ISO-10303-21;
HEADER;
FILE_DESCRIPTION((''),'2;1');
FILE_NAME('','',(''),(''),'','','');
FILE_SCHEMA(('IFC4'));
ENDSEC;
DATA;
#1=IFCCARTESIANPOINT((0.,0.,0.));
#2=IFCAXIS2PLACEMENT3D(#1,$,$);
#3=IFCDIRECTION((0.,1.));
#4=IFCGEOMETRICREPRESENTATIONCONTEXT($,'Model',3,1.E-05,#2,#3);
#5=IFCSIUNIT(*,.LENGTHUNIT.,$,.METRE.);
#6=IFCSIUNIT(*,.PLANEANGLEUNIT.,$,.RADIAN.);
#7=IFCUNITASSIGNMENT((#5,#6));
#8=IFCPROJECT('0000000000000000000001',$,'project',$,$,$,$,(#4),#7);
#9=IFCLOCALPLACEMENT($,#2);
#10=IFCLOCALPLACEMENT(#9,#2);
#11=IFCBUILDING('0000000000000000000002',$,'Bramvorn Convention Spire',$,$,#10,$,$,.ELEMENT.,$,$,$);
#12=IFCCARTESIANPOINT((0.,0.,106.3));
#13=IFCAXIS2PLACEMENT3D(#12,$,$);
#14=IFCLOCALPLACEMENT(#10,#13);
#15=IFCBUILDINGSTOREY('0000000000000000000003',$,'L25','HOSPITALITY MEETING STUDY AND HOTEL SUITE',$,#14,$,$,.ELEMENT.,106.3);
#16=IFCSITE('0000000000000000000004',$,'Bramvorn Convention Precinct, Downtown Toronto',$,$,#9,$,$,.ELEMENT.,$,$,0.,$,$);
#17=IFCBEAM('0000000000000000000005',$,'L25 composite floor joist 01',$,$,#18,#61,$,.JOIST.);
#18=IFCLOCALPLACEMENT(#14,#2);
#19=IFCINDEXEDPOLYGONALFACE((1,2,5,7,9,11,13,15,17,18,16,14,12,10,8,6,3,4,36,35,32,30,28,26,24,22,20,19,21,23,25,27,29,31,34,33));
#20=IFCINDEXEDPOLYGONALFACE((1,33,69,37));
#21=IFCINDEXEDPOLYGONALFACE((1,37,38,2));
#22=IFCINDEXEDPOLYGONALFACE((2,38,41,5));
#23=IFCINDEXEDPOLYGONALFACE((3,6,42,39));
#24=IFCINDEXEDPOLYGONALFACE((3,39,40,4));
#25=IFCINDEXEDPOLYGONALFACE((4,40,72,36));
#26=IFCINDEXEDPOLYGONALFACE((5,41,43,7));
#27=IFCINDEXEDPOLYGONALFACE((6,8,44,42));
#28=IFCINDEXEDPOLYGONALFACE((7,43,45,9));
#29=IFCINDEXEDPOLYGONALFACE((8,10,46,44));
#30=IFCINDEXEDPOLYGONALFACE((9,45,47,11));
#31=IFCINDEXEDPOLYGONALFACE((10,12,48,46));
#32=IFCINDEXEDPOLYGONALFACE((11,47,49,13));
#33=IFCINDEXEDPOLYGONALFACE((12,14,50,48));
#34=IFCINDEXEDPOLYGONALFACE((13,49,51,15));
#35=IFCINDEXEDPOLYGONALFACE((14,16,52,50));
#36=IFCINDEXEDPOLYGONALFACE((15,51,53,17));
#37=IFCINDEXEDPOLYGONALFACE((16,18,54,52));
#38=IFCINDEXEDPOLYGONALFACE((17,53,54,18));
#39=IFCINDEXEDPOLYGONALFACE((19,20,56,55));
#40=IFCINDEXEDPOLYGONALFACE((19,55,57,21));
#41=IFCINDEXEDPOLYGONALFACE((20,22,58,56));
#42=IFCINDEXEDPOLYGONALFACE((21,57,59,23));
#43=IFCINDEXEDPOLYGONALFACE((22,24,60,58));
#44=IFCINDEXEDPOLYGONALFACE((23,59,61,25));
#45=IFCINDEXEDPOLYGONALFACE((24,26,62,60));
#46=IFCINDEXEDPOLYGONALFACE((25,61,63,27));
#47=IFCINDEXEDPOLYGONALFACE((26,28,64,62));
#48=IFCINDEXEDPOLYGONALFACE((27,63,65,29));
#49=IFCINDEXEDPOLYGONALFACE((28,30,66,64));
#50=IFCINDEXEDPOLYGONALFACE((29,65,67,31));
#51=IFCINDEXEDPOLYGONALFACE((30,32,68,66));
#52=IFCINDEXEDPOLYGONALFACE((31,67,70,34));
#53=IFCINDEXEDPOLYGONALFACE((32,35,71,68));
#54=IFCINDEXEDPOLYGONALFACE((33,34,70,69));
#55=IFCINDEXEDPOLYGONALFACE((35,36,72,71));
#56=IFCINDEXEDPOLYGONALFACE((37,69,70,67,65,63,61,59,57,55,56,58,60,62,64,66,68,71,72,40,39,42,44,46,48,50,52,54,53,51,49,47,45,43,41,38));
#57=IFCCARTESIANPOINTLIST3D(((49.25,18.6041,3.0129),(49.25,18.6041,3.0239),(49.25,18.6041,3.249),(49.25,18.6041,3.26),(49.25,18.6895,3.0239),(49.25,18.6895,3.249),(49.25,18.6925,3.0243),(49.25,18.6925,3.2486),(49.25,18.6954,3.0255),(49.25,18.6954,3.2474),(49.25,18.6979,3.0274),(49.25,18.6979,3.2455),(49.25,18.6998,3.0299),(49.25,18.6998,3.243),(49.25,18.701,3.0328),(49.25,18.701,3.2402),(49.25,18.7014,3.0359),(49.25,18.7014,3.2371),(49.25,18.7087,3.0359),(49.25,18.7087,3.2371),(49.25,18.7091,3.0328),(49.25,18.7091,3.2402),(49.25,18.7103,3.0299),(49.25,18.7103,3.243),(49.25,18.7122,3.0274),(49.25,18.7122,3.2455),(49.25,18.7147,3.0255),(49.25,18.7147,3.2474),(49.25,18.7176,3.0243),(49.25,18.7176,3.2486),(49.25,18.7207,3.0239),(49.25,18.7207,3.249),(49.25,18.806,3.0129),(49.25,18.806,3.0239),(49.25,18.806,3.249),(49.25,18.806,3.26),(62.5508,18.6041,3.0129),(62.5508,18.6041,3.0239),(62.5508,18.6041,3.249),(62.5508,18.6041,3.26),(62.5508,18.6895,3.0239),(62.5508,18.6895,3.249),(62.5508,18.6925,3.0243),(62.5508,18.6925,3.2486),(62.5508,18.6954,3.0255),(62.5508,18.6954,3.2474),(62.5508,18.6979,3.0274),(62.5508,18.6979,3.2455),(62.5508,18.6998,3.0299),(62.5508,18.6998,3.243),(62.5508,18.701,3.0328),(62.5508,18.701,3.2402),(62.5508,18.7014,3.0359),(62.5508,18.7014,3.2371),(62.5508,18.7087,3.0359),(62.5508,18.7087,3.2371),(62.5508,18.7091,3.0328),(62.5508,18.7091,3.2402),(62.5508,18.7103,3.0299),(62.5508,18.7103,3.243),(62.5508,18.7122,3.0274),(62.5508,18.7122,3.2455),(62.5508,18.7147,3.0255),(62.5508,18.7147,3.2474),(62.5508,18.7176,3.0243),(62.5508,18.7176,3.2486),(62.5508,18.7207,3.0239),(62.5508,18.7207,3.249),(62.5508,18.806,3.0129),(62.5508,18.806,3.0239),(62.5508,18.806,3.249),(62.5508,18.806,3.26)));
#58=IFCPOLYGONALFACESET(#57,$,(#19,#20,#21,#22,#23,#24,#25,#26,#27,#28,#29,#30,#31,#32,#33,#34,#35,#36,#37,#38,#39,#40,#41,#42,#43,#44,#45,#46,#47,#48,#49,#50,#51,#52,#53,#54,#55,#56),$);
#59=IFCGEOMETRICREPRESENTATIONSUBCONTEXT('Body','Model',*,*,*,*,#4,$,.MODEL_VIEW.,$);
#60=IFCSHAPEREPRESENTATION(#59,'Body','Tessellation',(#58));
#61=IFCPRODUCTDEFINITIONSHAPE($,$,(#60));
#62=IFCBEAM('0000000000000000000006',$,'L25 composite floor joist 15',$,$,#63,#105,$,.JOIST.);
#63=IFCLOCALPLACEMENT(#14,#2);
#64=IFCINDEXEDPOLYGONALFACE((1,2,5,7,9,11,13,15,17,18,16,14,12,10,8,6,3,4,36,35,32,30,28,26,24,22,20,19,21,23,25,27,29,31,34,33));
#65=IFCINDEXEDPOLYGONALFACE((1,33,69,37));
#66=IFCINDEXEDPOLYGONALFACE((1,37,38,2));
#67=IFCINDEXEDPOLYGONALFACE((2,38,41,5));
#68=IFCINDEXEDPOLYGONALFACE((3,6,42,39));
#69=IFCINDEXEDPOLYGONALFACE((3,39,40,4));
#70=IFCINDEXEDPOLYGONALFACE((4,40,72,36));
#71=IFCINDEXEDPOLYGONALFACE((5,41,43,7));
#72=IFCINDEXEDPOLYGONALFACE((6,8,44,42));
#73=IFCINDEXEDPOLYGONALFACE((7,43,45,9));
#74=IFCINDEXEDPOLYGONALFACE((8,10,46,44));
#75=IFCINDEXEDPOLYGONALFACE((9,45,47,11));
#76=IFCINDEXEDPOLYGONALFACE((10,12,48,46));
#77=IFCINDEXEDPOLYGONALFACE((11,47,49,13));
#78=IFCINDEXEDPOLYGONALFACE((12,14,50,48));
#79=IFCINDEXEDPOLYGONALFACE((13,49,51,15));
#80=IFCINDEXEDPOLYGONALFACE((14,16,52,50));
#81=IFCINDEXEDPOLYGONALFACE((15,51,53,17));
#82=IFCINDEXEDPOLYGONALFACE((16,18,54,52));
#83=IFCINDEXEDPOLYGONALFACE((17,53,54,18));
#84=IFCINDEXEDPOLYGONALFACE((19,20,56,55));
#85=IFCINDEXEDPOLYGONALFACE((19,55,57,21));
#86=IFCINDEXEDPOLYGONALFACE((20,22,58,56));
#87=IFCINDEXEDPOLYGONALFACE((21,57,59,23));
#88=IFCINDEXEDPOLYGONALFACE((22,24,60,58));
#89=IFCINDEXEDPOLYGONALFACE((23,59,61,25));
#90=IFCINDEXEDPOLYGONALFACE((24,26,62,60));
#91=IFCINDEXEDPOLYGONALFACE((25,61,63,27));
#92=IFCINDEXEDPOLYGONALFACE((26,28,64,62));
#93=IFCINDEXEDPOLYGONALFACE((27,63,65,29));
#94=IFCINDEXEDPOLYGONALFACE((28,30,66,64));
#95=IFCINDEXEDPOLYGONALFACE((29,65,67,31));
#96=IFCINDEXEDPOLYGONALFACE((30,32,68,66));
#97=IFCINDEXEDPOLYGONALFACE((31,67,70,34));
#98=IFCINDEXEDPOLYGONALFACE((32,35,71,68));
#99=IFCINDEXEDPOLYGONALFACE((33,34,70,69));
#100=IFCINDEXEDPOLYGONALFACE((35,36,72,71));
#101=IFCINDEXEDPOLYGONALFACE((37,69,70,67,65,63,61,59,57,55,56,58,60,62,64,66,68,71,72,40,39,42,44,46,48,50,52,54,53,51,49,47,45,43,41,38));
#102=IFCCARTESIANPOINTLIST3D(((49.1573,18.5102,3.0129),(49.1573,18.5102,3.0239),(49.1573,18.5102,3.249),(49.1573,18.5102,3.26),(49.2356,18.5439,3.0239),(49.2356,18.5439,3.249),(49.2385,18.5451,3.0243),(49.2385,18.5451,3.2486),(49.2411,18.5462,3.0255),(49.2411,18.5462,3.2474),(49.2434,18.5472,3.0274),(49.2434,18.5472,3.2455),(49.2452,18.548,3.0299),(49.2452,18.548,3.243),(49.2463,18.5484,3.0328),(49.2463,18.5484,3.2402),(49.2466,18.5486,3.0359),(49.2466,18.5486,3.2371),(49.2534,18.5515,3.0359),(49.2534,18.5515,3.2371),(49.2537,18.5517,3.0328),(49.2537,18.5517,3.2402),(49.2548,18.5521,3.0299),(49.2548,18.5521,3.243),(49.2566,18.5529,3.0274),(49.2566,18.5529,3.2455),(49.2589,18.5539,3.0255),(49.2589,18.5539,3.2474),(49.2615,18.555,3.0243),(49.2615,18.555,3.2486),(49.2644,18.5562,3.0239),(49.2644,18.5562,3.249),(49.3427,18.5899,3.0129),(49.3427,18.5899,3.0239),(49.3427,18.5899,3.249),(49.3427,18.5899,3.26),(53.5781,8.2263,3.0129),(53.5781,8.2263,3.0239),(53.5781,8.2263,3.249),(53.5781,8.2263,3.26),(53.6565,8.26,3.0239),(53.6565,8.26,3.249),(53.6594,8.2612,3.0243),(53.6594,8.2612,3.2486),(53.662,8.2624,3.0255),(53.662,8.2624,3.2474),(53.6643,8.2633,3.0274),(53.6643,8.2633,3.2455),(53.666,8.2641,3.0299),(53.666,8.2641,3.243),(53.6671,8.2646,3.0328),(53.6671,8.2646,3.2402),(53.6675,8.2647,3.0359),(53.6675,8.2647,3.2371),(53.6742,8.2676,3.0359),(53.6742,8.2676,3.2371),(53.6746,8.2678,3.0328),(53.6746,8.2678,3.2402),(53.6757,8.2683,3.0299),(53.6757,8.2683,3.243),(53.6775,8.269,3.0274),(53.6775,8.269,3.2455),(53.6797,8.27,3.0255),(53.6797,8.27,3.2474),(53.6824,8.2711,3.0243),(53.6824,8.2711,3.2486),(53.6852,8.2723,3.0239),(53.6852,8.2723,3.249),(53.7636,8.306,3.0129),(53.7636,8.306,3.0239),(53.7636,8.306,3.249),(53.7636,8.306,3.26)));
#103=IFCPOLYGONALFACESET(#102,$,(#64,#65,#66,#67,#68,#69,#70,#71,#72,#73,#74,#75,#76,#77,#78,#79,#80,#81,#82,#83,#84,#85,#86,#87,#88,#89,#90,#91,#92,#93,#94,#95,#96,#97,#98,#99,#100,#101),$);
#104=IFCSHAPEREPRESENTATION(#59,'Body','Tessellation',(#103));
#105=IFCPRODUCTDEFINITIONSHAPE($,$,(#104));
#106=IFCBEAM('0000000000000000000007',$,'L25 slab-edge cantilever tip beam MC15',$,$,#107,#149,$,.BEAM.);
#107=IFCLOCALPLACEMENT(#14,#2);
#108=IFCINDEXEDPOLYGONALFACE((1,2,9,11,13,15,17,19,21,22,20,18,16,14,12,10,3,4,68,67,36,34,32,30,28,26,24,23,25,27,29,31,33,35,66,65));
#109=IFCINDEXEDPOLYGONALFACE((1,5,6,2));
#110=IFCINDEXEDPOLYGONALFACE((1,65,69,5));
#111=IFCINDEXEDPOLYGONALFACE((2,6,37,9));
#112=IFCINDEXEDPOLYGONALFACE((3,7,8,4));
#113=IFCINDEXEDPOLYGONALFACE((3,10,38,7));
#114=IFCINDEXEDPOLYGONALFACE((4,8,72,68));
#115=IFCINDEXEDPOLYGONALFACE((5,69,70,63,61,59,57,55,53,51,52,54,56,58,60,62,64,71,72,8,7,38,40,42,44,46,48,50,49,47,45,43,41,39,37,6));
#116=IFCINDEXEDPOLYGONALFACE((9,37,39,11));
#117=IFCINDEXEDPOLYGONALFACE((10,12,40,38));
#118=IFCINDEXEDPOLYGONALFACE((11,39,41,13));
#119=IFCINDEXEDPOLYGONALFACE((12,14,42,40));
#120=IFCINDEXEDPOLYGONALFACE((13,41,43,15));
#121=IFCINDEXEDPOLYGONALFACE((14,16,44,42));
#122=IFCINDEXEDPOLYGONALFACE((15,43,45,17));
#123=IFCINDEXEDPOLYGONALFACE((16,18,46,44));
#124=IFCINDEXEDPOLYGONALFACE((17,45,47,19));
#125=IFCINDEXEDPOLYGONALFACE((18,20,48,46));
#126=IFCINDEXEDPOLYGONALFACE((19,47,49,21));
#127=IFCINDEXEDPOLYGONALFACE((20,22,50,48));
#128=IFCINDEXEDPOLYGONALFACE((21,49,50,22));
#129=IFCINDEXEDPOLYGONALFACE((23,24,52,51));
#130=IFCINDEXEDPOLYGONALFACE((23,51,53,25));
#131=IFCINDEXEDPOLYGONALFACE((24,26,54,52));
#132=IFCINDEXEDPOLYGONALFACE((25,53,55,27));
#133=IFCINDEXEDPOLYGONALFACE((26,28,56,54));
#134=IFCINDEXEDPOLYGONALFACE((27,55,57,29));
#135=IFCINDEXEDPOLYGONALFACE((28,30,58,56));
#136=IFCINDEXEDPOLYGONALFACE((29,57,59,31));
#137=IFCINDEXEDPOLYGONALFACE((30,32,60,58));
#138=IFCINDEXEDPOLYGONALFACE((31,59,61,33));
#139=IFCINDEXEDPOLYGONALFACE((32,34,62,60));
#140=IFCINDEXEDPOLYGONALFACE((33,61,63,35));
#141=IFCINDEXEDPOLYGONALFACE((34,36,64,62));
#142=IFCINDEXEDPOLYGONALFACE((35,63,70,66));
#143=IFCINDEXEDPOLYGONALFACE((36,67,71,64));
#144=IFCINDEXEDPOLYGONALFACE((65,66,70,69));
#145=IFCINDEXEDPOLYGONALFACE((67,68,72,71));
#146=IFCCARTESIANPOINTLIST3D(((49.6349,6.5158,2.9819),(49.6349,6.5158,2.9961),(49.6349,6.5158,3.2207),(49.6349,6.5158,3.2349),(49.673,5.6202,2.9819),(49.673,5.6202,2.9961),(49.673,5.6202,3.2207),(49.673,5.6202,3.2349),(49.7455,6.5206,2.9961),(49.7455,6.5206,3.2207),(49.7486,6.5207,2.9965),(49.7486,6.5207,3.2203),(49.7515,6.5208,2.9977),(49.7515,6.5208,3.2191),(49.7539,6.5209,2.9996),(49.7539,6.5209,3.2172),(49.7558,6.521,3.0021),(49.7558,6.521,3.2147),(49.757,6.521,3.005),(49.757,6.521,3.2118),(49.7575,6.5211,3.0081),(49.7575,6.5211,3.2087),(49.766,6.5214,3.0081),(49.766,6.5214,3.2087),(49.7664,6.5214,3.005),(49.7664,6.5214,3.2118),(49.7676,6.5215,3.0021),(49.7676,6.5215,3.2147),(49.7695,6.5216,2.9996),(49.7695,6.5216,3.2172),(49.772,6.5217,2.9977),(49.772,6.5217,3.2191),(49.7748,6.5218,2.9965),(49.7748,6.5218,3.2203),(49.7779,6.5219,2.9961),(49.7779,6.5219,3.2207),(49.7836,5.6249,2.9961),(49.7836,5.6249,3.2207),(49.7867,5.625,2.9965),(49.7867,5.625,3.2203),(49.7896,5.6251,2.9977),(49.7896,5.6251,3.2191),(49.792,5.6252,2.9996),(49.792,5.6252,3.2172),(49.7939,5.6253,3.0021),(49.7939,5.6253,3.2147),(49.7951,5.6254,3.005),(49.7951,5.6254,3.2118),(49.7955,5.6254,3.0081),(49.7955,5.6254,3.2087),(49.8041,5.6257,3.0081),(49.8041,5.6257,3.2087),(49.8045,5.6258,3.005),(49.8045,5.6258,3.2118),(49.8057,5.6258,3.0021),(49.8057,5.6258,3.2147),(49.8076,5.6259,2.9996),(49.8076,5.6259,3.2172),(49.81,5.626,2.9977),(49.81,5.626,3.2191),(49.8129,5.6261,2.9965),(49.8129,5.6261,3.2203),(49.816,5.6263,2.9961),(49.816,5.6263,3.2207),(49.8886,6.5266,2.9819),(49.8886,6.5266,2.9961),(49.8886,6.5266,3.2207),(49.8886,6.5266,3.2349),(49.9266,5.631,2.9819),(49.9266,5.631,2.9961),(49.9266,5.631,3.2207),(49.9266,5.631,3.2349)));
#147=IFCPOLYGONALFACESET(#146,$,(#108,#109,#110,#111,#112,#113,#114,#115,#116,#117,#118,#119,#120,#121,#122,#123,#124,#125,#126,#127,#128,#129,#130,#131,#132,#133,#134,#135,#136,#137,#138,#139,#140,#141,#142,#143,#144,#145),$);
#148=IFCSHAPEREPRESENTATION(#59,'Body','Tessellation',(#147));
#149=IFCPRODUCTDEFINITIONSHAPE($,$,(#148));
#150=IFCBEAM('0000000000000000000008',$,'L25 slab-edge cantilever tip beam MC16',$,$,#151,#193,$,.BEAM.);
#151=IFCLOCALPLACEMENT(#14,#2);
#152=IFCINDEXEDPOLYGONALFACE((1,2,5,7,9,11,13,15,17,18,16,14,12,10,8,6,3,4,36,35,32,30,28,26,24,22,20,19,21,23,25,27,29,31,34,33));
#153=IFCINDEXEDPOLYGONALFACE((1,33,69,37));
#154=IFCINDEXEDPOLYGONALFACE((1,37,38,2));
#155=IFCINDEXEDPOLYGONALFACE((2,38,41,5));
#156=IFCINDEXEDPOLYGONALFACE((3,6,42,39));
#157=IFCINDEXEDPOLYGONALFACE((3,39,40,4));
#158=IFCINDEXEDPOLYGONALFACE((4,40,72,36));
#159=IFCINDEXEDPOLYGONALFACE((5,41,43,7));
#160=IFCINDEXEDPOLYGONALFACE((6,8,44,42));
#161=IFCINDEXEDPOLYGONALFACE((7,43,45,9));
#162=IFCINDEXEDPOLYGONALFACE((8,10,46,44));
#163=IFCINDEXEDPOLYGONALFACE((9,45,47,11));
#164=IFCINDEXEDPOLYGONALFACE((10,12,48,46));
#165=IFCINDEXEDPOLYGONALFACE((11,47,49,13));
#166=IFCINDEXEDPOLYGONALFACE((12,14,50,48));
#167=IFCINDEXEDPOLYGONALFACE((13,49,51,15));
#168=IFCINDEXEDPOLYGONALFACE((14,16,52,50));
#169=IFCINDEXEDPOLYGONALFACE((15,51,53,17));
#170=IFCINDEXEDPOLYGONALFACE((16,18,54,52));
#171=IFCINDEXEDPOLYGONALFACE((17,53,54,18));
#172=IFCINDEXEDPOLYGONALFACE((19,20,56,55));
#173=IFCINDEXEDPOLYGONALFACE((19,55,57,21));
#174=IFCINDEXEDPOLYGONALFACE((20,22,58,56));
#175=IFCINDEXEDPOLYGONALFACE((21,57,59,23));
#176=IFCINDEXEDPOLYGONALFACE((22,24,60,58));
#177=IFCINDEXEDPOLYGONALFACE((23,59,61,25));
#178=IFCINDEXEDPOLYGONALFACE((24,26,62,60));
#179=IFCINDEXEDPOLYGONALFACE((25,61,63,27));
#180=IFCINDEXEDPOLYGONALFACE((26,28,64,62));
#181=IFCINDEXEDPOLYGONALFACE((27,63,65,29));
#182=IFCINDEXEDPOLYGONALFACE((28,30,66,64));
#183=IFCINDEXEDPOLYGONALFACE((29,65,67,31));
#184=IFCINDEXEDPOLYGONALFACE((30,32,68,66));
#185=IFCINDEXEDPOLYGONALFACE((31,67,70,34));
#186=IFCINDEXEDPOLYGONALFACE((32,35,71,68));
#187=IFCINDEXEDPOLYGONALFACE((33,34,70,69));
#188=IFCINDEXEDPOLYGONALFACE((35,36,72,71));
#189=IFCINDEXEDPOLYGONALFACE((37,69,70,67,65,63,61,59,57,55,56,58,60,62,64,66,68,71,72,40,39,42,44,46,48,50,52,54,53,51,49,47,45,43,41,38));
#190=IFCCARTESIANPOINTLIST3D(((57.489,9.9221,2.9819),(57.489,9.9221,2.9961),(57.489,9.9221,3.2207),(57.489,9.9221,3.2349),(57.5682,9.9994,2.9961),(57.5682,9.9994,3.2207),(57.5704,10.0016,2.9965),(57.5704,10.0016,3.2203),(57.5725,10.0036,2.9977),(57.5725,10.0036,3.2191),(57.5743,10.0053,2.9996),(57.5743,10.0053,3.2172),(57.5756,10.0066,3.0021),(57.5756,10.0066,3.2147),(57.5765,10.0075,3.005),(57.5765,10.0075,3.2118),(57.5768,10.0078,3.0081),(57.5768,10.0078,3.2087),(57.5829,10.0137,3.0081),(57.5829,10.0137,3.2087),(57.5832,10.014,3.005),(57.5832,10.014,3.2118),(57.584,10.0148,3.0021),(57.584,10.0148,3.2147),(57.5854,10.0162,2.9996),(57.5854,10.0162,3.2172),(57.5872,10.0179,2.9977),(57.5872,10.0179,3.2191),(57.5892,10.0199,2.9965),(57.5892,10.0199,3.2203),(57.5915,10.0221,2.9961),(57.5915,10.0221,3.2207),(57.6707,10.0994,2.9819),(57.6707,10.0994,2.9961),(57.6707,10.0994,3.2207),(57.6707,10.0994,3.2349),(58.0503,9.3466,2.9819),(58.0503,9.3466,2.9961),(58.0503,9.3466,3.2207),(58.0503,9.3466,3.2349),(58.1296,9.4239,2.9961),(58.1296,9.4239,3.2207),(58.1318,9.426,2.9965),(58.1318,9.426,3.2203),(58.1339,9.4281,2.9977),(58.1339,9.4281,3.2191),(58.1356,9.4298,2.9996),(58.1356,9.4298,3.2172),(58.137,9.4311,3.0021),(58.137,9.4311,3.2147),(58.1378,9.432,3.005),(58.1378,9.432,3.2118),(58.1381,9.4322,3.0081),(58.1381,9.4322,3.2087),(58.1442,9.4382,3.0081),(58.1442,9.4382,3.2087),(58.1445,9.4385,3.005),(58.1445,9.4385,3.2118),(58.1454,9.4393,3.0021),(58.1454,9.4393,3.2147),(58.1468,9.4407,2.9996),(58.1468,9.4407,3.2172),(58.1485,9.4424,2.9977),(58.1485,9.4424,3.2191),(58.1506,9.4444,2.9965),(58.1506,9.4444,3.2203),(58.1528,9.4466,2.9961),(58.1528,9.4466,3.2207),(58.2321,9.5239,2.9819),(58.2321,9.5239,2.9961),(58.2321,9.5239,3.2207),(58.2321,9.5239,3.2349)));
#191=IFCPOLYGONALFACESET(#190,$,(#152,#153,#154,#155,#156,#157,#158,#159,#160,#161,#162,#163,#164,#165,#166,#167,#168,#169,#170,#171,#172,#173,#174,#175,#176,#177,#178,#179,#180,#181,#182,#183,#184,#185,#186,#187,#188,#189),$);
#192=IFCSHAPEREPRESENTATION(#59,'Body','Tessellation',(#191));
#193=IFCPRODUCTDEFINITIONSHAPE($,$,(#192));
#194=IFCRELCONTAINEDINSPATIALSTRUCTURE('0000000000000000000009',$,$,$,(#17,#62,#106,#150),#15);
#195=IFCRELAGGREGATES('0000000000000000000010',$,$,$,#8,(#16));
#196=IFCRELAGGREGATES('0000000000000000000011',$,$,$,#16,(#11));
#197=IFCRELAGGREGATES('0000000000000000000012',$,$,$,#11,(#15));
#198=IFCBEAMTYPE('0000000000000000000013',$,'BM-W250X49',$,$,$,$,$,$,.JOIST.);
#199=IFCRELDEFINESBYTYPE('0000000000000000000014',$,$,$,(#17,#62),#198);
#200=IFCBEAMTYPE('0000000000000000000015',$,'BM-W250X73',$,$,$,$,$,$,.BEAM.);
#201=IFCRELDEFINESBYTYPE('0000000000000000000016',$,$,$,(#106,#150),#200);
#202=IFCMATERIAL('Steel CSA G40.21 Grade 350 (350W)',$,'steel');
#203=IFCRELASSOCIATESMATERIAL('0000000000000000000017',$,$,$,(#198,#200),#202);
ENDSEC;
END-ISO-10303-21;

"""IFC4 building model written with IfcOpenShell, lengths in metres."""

from ifc_helpers import new_model, si_unit, direction, frame, origin, origin_2d, place, context, subcontext, project, spatial, i_section, extrude, material, material_profile, profile_set, type_object, element, save


model = new_model("IFC4")

# Units and contexts
model_context = context("Model", 3, precision=1e-05, world=origin(), true_north=direction((0.0, 1.0)))
body_context = subcontext(model_context, "Body", "Model", "MODEL_VIEW")
ifc_project = project(units=[si_unit("LENGTHUNIT", "METRE"), si_unit("PLANEANGLEUNIT", "RADIAN")], contexts=[model_context])

# Site, building, storey
site_placement = place(None, origin())
site = spatial("IfcSite", under=ifc_project, at=site_placement, Name="Bramvorn Convention Precinct, Downtown Toronto", CompositionType="ELEMENT", RefElevation=0.0)
building_placement = place(site_placement, origin())
building = spatial("IfcBuilding", under=site, at=building_placement, Name="Bramvorn Convention Spire", CompositionType="ELEMENT")
storey_placement = place(building_placement, frame((0.0, 0.0, 106.3)))
storey = spatial("IfcBuildingStorey", under=building, at=storey_placement, Name="L25", Description="HOSPITALITY MEETING STUDY AND HOTEL SUITE", CompositionType="ELEMENT", Elevation=106.3)

# Shared definitions
ifc_material_1 = material(Name="Steel CSA G40.21 Grade 350 (350W)", Category="steel")

# Beams
ifc_material_profile_1 = material_profile(ifc_material_1, i_section(OverallWidth=0.2019, OverallDepth=0.2471, WebThickness=0.0073, FlangeThickness=0.011, FilletRadius=0.012, at=origin_2d()))
ifc_profile_set_1 = profile_set([ifc_material_profile_1], Name="Steel CSA G40.21 Grade 350 (350W) - W250X49")
beam_type_1 = type_object("IfcBeamType", Name="BM-W250X49", PredefinedType="JOIST", material=ifc_profile_set_1)
beam_1_placement = place(storey_placement, frame((49.25, 18.7051, 3.1365), z_axis=(1.0, 0.0, 0.0), x_axis=(0.0, 1.0, 0.0)))
element("IfcBeam", 1, at=beam_1_placement, inside=storey, type_object=beam_type_1, Name="L25 composite floor joist 01", PredefinedType="JOIST", context=body_context, shape_type="SweptSolid", body=[
    extrude(i_section(OverallWidth=0.2019, OverallDepth=0.2471, WebThickness=0.0073, FlangeThickness=0.011, FilletRadius=0.012, at=origin_2d()), origin(), (0.0, 0.0, 1.0), 13.3008),
])
beam_2_placement = place(storey_placement, frame((49.25, 18.55, 3.1365), z_axis=(0.394938, -0.918708, 0.0), x_axis=(0.918708, 0.394938, 0.0)))
element("IfcBeam", 2, at=beam_2_placement, inside=storey, type_object=beam_type_1, Name="L25 composite floor joist 15", PredefinedType="JOIST", context=body_context, shape_type="SweptSolid", body=[
    extrude(i_section(OverallWidth=0.2019, OverallDepth=0.2471, WebThickness=0.0073, FlangeThickness=0.011, FilletRadius=0.012, at=origin_2d()), origin(), (0.0, 0.0, 1.0), 11.1938),
])
ifc_material_profile_2 = material_profile(ifc_material_1, i_section(OverallWidth=0.2539, OverallDepth=0.2529, WebThickness=0.0085, FlangeThickness=0.0142, FilletRadius=0.012, at=origin_2d()))
ifc_profile_set_2 = profile_set([ifc_material_profile_2], Name="Steel CSA G40.21 Grade 350 (350W) - W250X73")
beam_type_2 = type_object("IfcBeamType", Name="BM-W250X73", PredefinedType="BEAM", material=ifc_profile_set_2)
beam_3_placement = place(storey_placement, frame((49.7617, 6.5212, 3.1084), z_axis=(0.04248, -0.999097, 0.0), x_axis=(0.999097, 0.04248, 0.0)))
element("IfcBeam", 3, at=beam_3_placement, inside=storey, type_object=beam_type_2, Name="L25 slab-edge cantilever tip beam MC15", PredefinedType="BEAM", context=body_context, shape_type="SweptSolid", body=[
    extrude(i_section(OverallWidth=0.2539, OverallDepth=0.2529, WebThickness=0.0085, FlangeThickness=0.0142, FilletRadius=0.012, at=origin_2d()), origin(), (0.0, 0.0, 1.0), 0.8965),
])
beam_4_placement = place(storey_placement, frame((57.5798, 10.0107, 3.1084), z_axis=(0.698244, -0.71586, 0.0), x_axis=(0.71586, 0.698244, 0.0)))
element("IfcBeam", 4, at=beam_4_placement, inside=storey, type_object=beam_type_2, Name="L25 slab-edge cantilever tip beam MC16", PredefinedType="BEAM", context=body_context, shape_type="SweptSolid", body=[
    extrude(i_section(OverallWidth=0.2539, OverallDepth=0.2529, WebThickness=0.0085, FlangeThickness=0.0142, FilletRadius=0.012, at=origin_2d()), origin(), (0.0, 0.0, 1.0), 0.804),
])

save(model, "model.ifc")
